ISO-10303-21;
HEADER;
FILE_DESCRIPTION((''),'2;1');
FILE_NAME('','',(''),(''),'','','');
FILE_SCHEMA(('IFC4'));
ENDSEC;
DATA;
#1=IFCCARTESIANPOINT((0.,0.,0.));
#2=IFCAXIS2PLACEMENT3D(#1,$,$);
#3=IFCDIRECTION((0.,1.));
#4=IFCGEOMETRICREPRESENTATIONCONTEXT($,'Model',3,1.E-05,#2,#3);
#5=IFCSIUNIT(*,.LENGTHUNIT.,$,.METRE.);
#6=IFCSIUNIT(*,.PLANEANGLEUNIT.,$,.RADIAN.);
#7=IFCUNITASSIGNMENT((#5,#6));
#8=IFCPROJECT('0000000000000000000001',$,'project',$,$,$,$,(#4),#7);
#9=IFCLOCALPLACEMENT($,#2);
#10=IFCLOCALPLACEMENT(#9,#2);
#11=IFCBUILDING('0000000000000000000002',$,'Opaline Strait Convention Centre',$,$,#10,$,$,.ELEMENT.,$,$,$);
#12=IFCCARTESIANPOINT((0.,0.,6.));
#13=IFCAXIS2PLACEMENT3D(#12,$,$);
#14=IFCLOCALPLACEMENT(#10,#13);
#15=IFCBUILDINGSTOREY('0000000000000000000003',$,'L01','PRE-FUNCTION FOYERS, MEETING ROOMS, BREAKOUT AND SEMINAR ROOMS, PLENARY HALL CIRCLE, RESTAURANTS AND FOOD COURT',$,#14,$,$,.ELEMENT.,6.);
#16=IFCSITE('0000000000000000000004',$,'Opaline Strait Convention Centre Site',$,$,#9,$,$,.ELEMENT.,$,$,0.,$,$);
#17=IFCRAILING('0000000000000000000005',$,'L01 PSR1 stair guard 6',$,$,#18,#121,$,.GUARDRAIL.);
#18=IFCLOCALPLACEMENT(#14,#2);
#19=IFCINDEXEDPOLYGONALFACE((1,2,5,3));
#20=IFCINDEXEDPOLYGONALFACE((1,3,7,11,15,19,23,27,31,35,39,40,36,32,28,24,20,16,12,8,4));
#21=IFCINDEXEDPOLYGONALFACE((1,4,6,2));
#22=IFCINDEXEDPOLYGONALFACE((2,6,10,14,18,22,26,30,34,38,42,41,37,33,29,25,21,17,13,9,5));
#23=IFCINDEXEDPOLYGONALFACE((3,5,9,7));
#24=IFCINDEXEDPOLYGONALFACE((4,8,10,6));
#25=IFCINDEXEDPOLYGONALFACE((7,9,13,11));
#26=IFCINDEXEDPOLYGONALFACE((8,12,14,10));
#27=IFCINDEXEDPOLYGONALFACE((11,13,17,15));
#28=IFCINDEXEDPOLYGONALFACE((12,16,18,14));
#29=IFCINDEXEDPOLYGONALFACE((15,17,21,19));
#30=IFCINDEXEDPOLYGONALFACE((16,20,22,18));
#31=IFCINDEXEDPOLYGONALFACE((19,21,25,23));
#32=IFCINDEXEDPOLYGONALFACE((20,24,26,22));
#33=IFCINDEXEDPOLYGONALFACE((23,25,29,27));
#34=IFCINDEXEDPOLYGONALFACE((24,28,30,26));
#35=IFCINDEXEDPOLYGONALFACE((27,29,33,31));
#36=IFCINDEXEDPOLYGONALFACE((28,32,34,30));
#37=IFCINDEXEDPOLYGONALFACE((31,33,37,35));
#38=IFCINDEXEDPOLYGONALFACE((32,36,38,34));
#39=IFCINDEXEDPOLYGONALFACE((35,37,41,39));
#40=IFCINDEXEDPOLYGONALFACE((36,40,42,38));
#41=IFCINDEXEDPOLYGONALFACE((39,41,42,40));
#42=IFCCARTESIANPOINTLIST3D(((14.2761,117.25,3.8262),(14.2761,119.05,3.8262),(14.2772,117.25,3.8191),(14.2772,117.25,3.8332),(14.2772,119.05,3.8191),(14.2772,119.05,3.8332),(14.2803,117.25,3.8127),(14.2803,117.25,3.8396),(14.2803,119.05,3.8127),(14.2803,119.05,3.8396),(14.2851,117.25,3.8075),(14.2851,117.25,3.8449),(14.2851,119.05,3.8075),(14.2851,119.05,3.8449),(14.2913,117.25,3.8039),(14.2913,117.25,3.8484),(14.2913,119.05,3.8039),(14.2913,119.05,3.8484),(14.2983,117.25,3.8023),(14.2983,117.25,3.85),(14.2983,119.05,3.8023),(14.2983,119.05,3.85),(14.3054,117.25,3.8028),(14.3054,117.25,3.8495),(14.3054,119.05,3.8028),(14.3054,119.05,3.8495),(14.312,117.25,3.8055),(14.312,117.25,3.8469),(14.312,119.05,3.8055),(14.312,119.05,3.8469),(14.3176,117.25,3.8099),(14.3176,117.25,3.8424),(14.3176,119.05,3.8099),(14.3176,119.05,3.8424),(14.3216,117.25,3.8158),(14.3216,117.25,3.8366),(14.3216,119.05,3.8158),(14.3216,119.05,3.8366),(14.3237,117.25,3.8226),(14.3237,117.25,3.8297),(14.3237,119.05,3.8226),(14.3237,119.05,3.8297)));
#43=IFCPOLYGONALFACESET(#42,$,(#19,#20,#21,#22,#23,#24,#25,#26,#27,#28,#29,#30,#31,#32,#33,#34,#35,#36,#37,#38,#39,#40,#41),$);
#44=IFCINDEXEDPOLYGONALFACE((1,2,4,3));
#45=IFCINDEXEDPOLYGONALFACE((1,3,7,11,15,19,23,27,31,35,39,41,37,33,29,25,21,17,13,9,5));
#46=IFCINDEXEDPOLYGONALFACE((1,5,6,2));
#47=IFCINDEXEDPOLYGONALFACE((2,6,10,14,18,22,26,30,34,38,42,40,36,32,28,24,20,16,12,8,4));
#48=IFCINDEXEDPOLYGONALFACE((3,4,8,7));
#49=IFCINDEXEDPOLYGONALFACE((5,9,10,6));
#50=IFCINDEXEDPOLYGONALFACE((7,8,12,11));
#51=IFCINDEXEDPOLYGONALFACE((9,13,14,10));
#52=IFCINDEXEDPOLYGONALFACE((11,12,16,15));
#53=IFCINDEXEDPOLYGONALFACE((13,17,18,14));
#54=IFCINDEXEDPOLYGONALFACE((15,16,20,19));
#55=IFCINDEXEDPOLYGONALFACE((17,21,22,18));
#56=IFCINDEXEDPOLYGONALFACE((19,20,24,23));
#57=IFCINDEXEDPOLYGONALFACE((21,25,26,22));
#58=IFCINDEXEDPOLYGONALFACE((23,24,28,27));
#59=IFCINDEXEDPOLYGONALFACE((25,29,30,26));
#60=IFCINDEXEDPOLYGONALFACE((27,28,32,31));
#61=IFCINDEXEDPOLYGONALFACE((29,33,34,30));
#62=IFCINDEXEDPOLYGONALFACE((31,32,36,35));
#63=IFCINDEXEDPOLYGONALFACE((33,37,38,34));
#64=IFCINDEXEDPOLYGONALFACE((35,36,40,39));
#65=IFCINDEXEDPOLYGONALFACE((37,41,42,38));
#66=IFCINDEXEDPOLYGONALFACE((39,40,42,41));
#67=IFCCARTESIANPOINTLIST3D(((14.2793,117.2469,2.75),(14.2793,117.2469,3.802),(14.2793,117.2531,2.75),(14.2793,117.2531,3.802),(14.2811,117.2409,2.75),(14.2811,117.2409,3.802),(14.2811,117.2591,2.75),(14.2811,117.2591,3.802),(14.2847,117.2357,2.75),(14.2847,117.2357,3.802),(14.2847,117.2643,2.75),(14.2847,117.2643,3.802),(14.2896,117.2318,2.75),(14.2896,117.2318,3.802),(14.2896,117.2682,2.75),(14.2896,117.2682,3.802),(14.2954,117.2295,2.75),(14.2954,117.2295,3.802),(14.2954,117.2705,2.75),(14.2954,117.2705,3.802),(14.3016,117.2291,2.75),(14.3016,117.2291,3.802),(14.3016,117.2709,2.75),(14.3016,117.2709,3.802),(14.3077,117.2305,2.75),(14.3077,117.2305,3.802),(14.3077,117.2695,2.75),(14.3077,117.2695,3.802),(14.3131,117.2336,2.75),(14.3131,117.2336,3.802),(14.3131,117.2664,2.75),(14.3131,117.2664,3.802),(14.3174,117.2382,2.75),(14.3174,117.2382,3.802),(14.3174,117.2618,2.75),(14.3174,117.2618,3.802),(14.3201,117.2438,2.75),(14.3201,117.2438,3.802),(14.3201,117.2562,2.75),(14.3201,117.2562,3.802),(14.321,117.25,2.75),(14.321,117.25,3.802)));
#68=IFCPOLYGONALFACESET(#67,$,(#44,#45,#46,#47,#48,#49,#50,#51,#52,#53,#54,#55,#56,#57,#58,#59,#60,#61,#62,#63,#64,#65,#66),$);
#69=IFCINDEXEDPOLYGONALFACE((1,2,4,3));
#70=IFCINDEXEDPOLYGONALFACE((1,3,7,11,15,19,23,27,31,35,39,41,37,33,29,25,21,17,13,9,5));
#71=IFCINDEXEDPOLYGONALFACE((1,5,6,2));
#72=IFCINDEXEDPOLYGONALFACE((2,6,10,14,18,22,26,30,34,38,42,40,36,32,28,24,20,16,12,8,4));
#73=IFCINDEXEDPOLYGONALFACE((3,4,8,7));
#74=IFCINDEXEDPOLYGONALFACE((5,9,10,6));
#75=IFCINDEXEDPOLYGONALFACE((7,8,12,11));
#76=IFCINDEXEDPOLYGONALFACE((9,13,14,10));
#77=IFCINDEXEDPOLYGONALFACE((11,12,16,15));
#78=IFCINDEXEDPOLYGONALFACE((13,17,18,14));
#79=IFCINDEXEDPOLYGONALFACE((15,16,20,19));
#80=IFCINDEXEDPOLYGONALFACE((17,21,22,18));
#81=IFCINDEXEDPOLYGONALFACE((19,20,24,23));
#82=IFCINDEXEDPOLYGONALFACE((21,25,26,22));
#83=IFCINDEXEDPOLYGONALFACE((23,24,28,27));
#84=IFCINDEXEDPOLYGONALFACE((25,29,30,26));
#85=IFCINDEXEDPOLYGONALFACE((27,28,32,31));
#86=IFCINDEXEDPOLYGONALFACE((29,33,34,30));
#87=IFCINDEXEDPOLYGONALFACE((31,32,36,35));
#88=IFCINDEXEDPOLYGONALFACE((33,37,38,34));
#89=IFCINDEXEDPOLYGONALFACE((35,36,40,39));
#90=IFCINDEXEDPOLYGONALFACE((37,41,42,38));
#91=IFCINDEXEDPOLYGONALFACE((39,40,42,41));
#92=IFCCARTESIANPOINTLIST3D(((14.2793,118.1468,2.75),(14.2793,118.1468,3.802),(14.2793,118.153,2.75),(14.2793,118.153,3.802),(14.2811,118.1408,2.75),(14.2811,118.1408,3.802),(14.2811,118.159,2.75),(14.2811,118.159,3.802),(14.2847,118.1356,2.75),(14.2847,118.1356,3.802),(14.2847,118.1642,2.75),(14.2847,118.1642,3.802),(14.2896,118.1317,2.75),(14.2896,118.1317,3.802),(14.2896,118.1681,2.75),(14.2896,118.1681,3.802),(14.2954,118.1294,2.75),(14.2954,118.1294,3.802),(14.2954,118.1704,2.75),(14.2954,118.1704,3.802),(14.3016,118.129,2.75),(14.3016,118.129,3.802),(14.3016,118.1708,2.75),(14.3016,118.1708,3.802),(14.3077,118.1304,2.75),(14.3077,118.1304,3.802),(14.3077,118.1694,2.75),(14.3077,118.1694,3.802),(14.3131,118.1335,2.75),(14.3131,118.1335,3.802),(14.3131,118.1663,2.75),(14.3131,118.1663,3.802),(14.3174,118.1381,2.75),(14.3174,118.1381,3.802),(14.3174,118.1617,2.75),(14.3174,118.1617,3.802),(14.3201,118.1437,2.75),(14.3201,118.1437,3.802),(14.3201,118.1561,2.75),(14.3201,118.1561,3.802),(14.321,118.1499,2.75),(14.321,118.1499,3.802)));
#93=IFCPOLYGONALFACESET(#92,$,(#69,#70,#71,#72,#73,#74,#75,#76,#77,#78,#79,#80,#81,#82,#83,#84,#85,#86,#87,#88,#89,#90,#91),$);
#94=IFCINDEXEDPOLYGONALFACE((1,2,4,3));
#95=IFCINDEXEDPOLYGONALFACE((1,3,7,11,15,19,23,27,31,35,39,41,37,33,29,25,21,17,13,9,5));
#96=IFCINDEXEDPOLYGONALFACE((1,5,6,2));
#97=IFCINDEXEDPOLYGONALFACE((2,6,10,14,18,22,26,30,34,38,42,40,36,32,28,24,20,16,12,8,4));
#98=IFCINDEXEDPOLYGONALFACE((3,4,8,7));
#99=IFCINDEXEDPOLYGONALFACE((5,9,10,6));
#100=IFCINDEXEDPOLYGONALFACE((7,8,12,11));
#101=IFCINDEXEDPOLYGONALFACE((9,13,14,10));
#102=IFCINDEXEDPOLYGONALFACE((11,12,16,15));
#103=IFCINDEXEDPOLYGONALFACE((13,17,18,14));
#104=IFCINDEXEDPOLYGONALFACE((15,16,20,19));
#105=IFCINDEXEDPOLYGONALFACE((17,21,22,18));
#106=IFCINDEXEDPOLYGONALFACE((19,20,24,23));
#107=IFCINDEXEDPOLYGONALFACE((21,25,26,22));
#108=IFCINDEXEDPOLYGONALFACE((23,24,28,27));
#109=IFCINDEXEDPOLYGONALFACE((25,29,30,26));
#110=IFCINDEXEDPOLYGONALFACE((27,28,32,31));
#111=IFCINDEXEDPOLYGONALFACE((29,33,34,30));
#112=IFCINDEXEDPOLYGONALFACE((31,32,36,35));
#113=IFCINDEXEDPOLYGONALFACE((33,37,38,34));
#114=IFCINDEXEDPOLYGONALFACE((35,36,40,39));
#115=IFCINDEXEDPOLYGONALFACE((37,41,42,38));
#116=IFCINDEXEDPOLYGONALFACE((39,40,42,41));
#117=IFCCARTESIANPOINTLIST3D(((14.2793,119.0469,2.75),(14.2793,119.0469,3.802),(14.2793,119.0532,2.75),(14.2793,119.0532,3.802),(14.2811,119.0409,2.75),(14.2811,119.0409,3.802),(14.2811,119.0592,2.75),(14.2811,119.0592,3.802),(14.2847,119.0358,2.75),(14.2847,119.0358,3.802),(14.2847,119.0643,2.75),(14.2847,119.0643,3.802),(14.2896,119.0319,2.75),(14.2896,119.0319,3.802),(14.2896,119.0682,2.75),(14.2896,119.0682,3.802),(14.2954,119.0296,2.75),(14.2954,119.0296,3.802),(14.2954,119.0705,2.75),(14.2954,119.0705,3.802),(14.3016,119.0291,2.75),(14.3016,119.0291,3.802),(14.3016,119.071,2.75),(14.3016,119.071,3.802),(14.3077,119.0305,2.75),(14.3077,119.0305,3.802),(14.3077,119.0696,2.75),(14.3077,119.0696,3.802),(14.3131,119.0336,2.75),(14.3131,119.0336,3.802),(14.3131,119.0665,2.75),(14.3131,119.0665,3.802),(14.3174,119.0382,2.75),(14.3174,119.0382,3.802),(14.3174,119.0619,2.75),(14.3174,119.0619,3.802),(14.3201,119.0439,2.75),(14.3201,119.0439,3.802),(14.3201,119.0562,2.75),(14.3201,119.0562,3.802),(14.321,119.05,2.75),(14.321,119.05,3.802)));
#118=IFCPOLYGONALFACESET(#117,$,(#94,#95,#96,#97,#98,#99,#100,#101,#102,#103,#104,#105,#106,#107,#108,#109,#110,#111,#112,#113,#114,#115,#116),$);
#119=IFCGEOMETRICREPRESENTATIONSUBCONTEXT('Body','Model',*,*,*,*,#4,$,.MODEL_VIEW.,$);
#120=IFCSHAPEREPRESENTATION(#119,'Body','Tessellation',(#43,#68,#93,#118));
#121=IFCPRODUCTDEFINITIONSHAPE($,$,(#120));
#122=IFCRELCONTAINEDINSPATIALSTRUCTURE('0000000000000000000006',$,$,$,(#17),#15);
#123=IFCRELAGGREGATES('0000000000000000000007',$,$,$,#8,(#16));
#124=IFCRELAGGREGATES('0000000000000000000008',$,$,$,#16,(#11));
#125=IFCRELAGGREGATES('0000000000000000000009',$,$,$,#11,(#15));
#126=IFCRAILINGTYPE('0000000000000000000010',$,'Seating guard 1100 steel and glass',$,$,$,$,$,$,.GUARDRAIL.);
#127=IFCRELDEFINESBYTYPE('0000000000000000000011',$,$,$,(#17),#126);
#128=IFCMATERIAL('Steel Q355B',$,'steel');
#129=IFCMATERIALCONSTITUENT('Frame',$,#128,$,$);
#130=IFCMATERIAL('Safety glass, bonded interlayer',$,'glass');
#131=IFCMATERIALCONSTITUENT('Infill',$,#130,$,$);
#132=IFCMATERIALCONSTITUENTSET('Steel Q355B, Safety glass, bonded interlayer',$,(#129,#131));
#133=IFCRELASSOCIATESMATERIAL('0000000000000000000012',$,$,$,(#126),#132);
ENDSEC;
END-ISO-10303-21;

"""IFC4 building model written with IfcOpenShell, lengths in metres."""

from ifc_helpers import new_model, si_unit, direction, frame, origin, origin_2d, place, context, subcontext, project, spatial, circle, extrude, material, constituent, constituent_set, type_object, element, save


model = new_model("IFC4")

# Units and contexts
model_context = context("Model", 3, precision=1e-05, world=origin(), true_north=direction((0.0, 1.0)))
body_context = subcontext(model_context, "Body", "Model", "MODEL_VIEW")
ifc_project = project(units=[si_unit("LENGTHUNIT", "METRE"), si_unit("PLANEANGLEUNIT", "RADIAN")], contexts=[model_context])

# Site, building, storey
site_placement = place(None, origin())
site = spatial("IfcSite", under=ifc_project, at=site_placement, Name="Opaline Strait Convention Centre Site", CompositionType="ELEMENT", RefElevation=0.0)
building_placement = place(site_placement, origin())
building = spatial("IfcBuilding", under=site, at=building_placement, Name="Opaline Strait Convention Centre", CompositionType="ELEMENT")
storey_placement = place(building_placement, frame((0.0, 0.0, 6.0)))
storey = spatial("IfcBuildingStorey", under=building, at=storey_placement, Name="L01", Description="PRE-FUNCTION FOYERS, MEETING ROOMS, BREAKOUT AND SEMINAR ROOMS, PLENARY HALL CIRCLE, RESTAURANTS AND FOOD COURT", CompositionType="ELEMENT", Elevation=6.0)

# Railing
ifc_material_1 = material(Name="Steel Q355B", Category="steel")
ifc_constituent_1 = constituent(ifc_material_1, Name="Frame")
ifc_material_2 = material(Name="Safety glass, bonded interlayer", Category="glass")
ifc_constituent_2 = constituent(ifc_material_2, Name="Infill")
ifc_constituent_set = constituent_set(constituents=[ifc_constituent_1, ifc_constituent_2], Name="Steel Q355B, Safety glass, bonded interlayer")
railing_type_1 = type_object("IfcRailingType", Name="Seating guard 1100 steel and glass", PredefinedType="GUARDRAIL", material=ifc_constituent_set)
railing_1_placement = place(storey_placement, frame((14.3, 117.25, 2.75)))
element("IfcRailing", 1, at=railing_1_placement, inside=storey, type_object=railing_type_1, Name="L01 PSR1 stair guard 6", PredefinedType="GUARDRAIL", context=body_context, shape_type="SweptSolid", body=[
    extrude(circle(Radius=0.0239, at=origin_2d()), frame((0.0, 0.0, 1.0762), z_axis=(0.0, 1.0, 0.0), x_axis=(-1.0, 0.0, 0.0)), (0.0, 0.0, 1.0), 1.8),
    extrude(circle(Radius=0.021, at=origin_2d()), origin(), (0.0, 0.0, 1.0), 1.052),
    extrude(circle(Radius=0.021, at=origin_2d()), frame((0.0, 0.8999, 0.0)), (0.0, 0.0, 1.0), 1.052),
    extrude(circle(Radius=0.021, at=origin_2d()), frame((0.0, 1.8, 0.0)), (0.0, 0.0, 1.0), 1.052),
])

save(model, "model.ifc")
